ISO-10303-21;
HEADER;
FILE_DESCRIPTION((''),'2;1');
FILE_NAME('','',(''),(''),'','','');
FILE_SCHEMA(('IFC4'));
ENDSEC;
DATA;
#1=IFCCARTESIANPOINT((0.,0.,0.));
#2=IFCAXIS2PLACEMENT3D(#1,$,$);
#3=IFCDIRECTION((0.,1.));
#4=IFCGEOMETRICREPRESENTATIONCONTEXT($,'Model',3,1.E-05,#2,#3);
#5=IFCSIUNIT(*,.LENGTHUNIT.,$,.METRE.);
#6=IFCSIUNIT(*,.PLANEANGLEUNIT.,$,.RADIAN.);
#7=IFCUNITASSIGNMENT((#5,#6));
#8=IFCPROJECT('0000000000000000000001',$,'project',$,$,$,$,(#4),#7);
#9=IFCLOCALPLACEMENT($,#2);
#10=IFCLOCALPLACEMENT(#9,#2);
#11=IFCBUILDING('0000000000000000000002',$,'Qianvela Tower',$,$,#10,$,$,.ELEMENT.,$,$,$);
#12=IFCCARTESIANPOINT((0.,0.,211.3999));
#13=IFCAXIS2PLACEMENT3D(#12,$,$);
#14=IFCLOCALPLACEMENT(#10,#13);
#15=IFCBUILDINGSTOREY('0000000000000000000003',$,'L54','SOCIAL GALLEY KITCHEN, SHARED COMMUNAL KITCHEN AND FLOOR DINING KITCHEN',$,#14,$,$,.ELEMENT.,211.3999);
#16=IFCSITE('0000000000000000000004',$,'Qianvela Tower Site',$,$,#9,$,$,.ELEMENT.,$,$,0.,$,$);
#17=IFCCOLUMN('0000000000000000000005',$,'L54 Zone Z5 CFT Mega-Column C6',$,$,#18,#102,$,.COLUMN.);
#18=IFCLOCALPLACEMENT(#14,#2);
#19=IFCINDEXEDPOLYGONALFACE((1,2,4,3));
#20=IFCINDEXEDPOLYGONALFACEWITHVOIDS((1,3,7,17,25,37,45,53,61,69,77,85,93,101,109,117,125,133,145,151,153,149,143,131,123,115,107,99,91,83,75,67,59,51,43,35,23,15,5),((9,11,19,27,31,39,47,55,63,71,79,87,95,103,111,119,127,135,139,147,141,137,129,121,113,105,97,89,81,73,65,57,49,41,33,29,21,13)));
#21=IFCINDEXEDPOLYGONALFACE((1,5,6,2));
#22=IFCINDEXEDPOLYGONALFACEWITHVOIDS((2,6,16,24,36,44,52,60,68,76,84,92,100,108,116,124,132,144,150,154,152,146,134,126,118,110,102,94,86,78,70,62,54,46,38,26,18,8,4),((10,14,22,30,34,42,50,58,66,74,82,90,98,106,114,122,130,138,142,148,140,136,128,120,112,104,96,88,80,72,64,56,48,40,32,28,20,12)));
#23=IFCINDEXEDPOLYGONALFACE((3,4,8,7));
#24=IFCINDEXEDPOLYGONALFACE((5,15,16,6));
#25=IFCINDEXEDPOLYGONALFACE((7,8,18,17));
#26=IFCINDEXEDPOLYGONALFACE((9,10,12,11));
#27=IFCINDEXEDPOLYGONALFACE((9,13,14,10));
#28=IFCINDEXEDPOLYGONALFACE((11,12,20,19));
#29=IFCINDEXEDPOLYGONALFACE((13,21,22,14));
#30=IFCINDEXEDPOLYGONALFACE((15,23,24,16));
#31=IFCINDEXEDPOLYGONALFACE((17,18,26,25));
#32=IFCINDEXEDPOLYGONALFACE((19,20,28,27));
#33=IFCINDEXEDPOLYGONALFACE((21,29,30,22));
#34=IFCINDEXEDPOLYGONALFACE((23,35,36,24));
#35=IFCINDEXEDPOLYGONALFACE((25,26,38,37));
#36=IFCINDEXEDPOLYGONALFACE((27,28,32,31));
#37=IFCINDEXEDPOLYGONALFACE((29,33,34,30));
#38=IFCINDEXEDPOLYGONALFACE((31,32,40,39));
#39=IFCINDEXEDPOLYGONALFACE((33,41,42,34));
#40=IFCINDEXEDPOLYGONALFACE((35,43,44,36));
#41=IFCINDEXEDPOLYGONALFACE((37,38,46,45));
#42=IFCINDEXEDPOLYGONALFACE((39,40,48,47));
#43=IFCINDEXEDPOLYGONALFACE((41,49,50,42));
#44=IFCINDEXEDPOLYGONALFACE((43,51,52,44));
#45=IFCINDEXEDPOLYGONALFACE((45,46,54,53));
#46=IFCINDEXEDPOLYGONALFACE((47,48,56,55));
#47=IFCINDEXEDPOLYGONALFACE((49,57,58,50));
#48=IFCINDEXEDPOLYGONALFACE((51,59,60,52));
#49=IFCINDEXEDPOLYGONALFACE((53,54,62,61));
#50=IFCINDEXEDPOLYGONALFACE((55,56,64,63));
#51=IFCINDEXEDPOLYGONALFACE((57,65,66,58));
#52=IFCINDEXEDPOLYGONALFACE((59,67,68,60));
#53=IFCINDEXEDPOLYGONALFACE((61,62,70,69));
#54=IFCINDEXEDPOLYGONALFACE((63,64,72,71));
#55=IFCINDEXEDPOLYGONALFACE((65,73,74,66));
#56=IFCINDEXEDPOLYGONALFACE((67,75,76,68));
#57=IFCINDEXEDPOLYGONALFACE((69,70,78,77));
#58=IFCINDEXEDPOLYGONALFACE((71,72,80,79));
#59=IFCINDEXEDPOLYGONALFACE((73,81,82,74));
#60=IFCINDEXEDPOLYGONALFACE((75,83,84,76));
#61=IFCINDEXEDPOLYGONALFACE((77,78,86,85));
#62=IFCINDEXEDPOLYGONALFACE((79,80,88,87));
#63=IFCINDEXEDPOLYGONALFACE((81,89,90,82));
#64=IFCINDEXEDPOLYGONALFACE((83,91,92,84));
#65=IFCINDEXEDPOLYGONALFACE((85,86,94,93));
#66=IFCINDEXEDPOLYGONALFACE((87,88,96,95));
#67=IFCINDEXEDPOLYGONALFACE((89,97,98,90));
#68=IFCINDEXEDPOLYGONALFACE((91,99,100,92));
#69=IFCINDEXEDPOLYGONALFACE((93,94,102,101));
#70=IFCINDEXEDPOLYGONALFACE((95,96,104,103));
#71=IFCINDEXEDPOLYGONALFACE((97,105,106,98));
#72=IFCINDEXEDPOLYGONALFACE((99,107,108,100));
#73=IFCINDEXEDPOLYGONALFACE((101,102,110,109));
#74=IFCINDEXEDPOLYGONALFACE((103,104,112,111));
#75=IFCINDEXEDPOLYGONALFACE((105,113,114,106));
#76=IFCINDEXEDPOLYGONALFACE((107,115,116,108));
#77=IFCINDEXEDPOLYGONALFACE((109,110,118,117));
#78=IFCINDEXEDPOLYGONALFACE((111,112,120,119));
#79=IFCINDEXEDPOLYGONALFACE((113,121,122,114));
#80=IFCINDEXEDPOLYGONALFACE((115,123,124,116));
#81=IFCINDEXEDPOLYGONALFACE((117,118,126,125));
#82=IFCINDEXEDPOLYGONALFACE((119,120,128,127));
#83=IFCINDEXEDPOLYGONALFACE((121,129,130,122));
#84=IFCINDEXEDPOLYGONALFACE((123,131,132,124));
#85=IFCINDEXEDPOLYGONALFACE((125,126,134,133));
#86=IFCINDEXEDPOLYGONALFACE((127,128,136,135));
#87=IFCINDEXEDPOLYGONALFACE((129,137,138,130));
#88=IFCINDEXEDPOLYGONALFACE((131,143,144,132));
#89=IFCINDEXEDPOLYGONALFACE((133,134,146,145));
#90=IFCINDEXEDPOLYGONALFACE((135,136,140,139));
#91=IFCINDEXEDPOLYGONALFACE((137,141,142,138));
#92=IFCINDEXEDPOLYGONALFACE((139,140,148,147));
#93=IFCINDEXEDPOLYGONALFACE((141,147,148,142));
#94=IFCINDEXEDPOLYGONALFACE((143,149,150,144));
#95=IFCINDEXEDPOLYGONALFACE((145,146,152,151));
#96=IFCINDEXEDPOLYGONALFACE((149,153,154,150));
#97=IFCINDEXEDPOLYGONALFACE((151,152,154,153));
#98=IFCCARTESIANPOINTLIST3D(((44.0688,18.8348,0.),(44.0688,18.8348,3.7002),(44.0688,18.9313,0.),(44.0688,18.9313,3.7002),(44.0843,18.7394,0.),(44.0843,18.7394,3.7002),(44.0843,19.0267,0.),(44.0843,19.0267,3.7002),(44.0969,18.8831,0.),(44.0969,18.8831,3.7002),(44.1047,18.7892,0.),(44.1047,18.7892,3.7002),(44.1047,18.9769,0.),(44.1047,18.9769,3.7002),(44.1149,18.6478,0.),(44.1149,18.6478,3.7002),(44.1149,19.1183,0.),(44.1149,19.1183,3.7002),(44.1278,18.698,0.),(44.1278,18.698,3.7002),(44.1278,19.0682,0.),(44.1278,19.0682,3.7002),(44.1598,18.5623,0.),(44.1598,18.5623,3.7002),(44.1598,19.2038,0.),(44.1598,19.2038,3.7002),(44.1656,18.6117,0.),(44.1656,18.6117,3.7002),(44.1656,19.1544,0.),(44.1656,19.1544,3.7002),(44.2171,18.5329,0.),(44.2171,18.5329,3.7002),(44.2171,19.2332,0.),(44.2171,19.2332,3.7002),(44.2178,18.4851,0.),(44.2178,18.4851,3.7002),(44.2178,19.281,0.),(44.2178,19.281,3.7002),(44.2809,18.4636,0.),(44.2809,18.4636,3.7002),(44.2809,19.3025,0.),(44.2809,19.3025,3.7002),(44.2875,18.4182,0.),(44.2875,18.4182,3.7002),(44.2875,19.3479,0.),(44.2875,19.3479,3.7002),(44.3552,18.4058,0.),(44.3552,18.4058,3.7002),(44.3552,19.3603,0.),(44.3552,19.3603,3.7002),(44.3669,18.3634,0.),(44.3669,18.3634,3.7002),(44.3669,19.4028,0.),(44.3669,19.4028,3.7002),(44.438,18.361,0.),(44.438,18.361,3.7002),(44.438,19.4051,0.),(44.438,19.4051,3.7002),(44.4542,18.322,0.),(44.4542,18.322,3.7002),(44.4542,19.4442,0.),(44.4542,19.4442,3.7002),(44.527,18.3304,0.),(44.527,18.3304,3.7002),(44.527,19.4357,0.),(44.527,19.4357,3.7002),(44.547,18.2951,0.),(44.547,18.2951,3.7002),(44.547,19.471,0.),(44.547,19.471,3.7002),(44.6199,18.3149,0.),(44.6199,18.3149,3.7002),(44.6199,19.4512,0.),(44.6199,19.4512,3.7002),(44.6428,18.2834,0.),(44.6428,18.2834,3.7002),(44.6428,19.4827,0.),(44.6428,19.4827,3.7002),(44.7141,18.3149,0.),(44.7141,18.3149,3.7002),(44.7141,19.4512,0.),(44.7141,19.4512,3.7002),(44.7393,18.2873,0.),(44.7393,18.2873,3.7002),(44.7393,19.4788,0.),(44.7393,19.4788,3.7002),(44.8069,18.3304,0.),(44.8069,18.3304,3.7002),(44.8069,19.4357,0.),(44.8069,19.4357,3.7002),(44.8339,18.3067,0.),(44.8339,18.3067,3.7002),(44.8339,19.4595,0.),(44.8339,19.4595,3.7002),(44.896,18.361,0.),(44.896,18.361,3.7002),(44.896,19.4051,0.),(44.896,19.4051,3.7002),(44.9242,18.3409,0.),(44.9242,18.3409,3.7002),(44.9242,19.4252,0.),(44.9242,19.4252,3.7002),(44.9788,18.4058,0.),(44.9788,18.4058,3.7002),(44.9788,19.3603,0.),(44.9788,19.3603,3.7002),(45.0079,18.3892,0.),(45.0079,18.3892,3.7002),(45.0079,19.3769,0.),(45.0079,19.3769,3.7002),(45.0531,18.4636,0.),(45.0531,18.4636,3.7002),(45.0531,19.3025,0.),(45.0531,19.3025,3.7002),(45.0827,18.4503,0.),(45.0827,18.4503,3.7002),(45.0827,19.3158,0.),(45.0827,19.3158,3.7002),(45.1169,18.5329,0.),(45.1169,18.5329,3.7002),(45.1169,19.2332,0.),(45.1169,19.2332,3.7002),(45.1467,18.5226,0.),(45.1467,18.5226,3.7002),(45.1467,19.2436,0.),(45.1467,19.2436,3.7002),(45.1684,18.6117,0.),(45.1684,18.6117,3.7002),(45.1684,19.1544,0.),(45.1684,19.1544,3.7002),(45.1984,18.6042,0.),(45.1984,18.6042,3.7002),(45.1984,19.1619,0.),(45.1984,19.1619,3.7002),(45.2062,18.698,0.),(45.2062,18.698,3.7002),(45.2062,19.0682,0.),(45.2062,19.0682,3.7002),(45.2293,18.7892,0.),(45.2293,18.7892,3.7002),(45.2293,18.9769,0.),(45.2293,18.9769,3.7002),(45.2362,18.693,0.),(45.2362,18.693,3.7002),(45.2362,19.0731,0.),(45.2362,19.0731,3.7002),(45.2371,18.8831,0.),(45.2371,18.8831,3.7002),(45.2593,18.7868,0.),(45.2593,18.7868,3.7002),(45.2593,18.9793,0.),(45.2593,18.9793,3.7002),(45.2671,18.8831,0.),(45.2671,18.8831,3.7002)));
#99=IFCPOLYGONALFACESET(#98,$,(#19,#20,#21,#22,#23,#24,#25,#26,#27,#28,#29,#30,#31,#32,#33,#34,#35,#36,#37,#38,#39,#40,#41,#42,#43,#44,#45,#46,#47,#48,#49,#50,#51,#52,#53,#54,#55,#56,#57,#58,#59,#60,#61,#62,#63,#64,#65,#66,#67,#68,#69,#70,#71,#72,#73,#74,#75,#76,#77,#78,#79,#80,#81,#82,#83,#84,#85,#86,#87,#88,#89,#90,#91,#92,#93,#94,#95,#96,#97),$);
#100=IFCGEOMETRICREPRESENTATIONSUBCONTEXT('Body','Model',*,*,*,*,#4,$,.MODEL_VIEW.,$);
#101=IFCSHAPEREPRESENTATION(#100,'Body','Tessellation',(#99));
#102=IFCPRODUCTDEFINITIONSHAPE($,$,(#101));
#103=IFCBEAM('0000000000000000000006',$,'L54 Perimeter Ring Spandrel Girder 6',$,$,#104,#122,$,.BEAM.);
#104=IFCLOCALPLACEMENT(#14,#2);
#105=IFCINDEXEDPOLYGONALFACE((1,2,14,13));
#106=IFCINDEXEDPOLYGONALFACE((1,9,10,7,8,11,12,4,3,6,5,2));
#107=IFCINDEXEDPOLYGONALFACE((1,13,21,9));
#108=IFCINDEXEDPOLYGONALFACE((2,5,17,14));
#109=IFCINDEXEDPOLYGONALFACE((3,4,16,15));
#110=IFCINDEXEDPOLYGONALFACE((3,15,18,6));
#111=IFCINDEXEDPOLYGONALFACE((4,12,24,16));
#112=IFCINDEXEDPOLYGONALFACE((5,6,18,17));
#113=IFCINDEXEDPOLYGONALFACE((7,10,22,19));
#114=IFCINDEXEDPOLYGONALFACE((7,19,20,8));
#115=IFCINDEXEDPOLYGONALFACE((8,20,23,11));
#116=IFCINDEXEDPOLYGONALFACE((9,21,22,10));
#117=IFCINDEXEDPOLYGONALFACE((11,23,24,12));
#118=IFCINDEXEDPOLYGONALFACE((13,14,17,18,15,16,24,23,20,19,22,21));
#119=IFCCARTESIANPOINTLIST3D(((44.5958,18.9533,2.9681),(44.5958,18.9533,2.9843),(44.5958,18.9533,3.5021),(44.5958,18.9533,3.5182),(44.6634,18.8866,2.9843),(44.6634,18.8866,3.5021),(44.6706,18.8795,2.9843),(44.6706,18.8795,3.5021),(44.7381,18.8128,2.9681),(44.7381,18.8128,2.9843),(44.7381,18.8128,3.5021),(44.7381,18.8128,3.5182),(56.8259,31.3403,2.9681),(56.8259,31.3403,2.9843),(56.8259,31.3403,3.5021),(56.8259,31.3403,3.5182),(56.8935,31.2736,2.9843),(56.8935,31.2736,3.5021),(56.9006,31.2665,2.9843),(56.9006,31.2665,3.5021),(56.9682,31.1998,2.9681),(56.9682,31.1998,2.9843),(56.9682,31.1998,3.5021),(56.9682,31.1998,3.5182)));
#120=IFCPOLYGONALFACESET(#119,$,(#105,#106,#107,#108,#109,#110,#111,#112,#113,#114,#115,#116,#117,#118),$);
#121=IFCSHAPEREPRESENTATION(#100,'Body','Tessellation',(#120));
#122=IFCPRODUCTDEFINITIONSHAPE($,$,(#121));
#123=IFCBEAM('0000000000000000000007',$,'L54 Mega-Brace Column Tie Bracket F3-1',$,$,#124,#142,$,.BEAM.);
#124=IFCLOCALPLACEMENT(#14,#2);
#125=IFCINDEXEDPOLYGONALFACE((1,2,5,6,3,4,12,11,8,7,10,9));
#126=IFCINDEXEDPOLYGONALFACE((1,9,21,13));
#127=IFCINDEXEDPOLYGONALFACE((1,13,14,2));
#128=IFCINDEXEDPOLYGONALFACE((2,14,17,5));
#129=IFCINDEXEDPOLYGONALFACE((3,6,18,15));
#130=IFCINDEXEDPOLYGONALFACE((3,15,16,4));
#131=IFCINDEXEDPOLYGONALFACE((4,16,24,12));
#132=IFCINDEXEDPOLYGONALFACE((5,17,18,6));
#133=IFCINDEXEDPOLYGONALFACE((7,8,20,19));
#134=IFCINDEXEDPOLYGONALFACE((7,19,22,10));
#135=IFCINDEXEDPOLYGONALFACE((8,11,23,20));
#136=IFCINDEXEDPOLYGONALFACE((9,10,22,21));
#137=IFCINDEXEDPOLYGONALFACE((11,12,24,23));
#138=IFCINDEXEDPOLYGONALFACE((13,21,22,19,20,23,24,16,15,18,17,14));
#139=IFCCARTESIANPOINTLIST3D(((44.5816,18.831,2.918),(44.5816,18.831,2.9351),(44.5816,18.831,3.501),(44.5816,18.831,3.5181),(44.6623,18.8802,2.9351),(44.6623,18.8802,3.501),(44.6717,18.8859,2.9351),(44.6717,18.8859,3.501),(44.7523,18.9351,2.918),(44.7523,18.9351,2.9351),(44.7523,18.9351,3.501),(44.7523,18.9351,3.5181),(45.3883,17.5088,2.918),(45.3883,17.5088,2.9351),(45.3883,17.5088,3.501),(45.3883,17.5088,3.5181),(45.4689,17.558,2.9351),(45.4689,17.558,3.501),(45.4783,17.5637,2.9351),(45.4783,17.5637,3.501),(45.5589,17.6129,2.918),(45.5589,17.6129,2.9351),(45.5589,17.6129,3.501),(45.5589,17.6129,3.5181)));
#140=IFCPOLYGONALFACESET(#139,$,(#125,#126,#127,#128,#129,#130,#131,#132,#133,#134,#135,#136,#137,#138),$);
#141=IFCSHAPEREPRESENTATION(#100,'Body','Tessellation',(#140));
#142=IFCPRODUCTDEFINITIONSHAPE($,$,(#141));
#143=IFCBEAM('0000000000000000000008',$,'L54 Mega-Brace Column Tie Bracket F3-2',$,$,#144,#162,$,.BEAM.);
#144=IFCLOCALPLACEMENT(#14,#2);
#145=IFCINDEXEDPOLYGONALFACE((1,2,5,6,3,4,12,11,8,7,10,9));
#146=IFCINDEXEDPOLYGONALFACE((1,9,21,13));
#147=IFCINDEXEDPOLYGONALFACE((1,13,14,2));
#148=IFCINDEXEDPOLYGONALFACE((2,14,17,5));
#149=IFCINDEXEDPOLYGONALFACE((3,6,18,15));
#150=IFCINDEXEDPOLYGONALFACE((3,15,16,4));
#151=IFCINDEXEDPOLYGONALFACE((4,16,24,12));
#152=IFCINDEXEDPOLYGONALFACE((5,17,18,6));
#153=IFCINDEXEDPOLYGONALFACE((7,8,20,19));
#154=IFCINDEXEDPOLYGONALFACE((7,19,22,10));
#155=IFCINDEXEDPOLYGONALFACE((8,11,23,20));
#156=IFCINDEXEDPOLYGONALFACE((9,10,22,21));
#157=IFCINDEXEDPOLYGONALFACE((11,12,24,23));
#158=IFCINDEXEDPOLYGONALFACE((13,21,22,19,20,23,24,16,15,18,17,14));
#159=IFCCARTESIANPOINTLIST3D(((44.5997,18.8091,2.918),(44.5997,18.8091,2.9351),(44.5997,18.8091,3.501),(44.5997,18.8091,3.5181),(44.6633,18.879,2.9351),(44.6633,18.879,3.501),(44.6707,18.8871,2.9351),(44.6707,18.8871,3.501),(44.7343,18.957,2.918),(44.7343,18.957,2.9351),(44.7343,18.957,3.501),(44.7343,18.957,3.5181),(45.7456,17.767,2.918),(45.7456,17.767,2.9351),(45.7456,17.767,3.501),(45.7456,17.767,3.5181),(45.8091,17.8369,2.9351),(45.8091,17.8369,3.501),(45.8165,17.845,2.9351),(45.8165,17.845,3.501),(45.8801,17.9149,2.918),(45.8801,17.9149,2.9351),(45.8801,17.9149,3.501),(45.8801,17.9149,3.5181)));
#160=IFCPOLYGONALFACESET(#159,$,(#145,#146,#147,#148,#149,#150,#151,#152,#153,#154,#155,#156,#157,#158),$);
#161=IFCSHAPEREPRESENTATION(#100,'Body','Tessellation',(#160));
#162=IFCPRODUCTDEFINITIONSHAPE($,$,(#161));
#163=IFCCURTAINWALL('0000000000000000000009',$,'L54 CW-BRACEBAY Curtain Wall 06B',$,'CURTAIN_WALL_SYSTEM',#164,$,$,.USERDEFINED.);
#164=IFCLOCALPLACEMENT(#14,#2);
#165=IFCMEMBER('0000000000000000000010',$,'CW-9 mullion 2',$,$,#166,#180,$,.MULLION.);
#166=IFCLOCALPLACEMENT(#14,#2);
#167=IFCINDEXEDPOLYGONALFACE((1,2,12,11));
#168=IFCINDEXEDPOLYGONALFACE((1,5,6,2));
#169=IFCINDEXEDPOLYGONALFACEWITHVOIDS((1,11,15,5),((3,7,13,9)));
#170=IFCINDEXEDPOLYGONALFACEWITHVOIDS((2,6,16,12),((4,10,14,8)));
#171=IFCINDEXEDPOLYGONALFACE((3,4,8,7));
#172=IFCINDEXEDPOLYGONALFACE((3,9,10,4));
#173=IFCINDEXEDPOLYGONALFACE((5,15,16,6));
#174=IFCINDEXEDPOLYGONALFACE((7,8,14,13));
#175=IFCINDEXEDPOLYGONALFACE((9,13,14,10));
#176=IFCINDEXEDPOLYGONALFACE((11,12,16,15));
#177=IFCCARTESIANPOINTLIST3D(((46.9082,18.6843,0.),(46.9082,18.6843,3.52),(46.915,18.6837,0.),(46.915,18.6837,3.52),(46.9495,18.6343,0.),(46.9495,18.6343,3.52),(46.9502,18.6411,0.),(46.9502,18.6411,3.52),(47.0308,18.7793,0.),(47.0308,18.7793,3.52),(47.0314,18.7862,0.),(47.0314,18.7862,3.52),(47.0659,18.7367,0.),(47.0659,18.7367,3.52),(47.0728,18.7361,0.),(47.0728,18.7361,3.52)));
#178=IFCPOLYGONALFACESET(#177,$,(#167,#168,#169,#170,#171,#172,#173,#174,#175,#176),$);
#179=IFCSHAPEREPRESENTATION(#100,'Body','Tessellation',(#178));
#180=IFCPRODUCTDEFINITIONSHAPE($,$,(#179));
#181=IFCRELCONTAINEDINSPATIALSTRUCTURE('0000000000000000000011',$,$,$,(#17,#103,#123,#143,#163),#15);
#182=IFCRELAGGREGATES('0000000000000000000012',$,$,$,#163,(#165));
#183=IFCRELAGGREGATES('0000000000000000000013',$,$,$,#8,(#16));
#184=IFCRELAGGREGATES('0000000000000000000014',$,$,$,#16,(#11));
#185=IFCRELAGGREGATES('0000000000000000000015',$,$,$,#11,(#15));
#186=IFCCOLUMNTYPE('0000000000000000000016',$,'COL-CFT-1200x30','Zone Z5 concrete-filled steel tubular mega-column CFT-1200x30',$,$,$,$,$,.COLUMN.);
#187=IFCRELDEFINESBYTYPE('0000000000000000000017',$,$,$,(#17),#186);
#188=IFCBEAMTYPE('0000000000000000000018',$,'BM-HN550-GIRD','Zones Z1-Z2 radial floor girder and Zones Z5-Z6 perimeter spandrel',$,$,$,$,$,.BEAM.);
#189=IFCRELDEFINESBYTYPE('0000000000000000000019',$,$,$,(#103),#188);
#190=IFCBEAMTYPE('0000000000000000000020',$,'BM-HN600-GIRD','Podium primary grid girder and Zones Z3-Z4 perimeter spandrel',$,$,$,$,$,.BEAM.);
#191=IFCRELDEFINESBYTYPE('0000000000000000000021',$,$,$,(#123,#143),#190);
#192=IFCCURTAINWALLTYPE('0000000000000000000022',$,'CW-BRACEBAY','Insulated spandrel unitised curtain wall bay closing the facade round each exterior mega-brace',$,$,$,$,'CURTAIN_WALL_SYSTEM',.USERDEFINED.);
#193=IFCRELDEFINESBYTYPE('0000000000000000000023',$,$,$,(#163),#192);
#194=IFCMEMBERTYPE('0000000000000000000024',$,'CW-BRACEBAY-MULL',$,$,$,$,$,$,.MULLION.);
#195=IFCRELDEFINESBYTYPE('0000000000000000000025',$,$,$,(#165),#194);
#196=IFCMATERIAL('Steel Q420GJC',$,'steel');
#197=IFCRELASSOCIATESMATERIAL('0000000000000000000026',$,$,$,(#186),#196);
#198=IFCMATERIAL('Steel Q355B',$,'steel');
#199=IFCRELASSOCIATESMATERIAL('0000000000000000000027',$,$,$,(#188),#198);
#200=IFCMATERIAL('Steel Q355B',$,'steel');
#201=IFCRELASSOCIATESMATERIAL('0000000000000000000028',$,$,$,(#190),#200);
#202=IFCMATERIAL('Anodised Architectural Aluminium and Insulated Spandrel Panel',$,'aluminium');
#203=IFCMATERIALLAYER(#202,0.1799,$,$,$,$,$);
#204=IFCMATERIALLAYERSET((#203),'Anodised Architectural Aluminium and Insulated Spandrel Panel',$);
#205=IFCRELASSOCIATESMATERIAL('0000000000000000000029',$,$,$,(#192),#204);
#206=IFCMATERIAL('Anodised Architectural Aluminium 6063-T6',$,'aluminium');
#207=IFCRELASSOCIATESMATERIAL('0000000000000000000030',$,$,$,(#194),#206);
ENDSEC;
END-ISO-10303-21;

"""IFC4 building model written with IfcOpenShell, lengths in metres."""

from ifc_helpers import new_model, si_unit, direction, frame, origin, origin_2d, place, context, subcontext, project, spatial, hollow_rectangle, hollow_circle, i_section, extrude, material, layer, layer_set, material_profile, profile_set, type_object, element, aggregate, save


model = new_model("IFC4")

# Units and contexts
model_context = context("Model", 3, precision=1e-05, world=origin(), true_north=direction((0.0, 1.0)))
body_context = subcontext(model_context, "Body", "Model", "MODEL_VIEW")
ifc_project = project(units=[si_unit("LENGTHUNIT", "METRE"), si_unit("PLANEANGLEUNIT", "RADIAN")], contexts=[model_context])

# Site, building, storey
site_placement = place(None, origin())
site = spatial("IfcSite", under=ifc_project, at=site_placement, Name="Qianvela Tower Site", CompositionType="ELEMENT", RefElevation=0.0)
building_placement = place(site_placement, origin())
building = spatial("IfcBuilding", under=site, at=building_placement, Name="Qianvela Tower", CompositionType="ELEMENT")
storey_placement = place(building_placement, frame((0.0, 0.0, 211.3999)))
storey = spatial("IfcBuildingStorey", under=building, at=storey_placement, Name="L54", Description="SOCIAL GALLEY KITCHEN, SHARED COMMUNAL KITCHEN AND FLOOR DINING KITCHEN", CompositionType="ELEMENT", Elevation=211.3999)

# Column
ifc_material_1 = material(Name="Steel Q420GJC", Category="steel")
ifc_material_profile_1 = material_profile(ifc_material_1, hollow_circle(Radius=0.6001, WallThickness=0.03, at=origin_2d()), Name="CFT-1200x30")
ifc_profile_set_1 = profile_set([ifc_material_profile_1], Name="Steel Q420GJC")
column_type = type_object("IfcColumnType", Name="COL-CFT-1200x30", Description="Zone Z5 concrete-filled steel tubular mega-column CFT-1200x30", PredefinedType="COLUMN", material=ifc_profile_set_1)
column_placement = place(storey_placement, frame((44.667, 18.8831, 0.0), z_axis=(0.0, 0.0, 1.0), x_axis=(1.0, 0.0, 0.0)))
element("IfcColumn", 1, at=column_placement, inside=storey, type_object=column_type, Name="L54 Zone Z5 CFT Mega-Column C6", PredefinedType="COLUMN", context=body_context, shape_type="SweptSolid", body=[
    extrude(hollow_circle(Radius=0.6001, WallThickness=0.03, at=origin_2d()), origin(), (0.0, 0.0, 1.0), 3.7002),
])

# Beams
ifc_material_2 = material(Name="Steel Q355B", Category="steel")
ifc_material_profile_2 = material_profile(ifc_material_2, i_section(OverallWidth=0.2, OverallDepth=0.55, WebThickness=0.01, FlangeThickness=0.0161, at=origin_2d()), Name="HN550x200x10x16")
ifc_profile_set_2 = profile_set([ifc_material_profile_2], Name="Steel Q355B")
beam_type_1 = type_object("IfcBeamType", Name="BM-HN550-GIRD", Description="Zones Z1-Z2 radial floor girder and Zones Z5-Z6 perimeter spandrel", PredefinedType="BEAM", material=ifc_profile_set_2)
beam_placement = place(storey_placement, frame((44.667, 18.8831, 3.2432), z_axis=(0.702583, 0.711602, 0.0), x_axis=(-0.711602, 0.702583, 0.0)))
element("IfcBeam", 2, at=beam_placement, inside=storey, type_object=beam_type_1, Name="L54 Perimeter Ring Spandrel Girder 6", PredefinedType="BEAM", context=body_context, shape_type="SweptSolid", body=[
    extrude(i_section(OverallWidth=0.2, OverallDepth=0.55, WebThickness=0.01, FlangeThickness=0.0161, at=origin_2d()), origin(), (0.0, 0.0, 1.0), 17.4072),
])
ifc_material_3 = material(Name="Steel Q355B", Category="steel")
ifc_material_profile_3 = material_profile(ifc_material_3, i_section(OverallWidth=0.2, OverallDepth=0.6001, WebThickness=0.011, FlangeThickness=0.0171, at=origin_2d()), Name="HN600x200x11x17")
ifc_profile_set_3 = profile_set([ifc_material_profile_3], Name="Steel Q355B")
beam_type_2 = type_object("IfcBeamType", Name="BM-HN600-GIRD", Description="Podium primary grid girder and Zones Z3-Z4 perimeter spandrel", PredefinedType="BEAM", material=ifc_profile_set_3)
for number, where, z_axis, x_axis, name in (
    (3, (44.667, 18.8831, 3.218), (0.520787, -0.853687, 0.0), (0.853687, 0.520787, 0.0), "L54 Mega-Brace Column Tie Bracket F3-1"),
    (4, (44.667, 18.8831, 3.218), (0.739812, -0.672814, 0.0), (0.672814, 0.739812, 0.0), "L54 Mega-Brace Column Tie Bracket F3-2"),
):
    element("IfcBeam", number, at=place(storey_placement, frame(where, z_axis=z_axis, x_axis=x_axis)), inside=storey, type_object=beam_type_2, Name=name, PredefinedType="BEAM", context=body_context, shape_type="SweptSolid", body=[
        extrude(i_section(OverallWidth=0.2, OverallDepth=0.6001, WebThickness=0.011, FlangeThickness=0.0171, at=origin_2d()), origin(), (0.0, 0.0, 1.0), 1.5488),
    ])

# Curtain wall, member
ifc_material_4 = material(Name="Anodised Architectural Aluminium and Insulated Spandrel Panel", Category="aluminium")
ifc_layer_1 = layer(ifc_material_4, 0.1799)
ifc_layer_set_1 = layer_set([ifc_layer_1], Name="Anodised Architectural Aluminium and Insulated Spandrel Panel")
curtain_wall_type_1 = type_object("IfcCurtainWallType", Name="CW-BRACEBAY", Description="Insulated spandrel unitised curtain wall bay closing the facade round each exterior mega-brace", ElementType="CURTAIN_WALL_SYSTEM", PredefinedType="USERDEFINED", material=ifc_layer_set_1)
curtain_wall_1_placement = place(storey_placement, origin())
curtain_wall_1 = element("IfcCurtainWall", 5, at=curtain_wall_1_placement, inside=storey, type_object=curtain_wall_type_1, Name="L54 CW-BRACEBAY Curtain Wall 06B", ObjectType="CURTAIN_WALL_SYSTEM", PredefinedType="USERDEFINED")
ifc_material_5 = material(Name="Anodised Architectural Aluminium 6063-T6", Category="aluminium")
ifc_material_profile_4 = material_profile(ifc_material_5, hollow_rectangle(XDim=0.0649, YDim=0.1599, WallThickness=0.0049, at=origin_2d()), Name="ALU-MULL-65x160")
ifc_profile_set_4 = profile_set([ifc_material_profile_4], Name="Anodised Architectural Aluminium 6063-T6")
member_type_1 = type_object("IfcMemberType", Name="CW-BRACEBAY-MULL", PredefinedType="MULLION", material=ifc_profile_set_4)
member_1_placement = place(storey_placement, frame((46.9905, 18.7102, 0.0), z_axis=(0.0, 0.0, 1.0), x_axis=(-0.636803, 0.771026, 0.0)))
member_1 = element("IfcMember", 6, at=member_1_placement, type_object=member_type_1, Name="CW-9 mullion 2", PredefinedType="MULLION", context=body_context, shape_type="SweptSolid", body=[
    extrude(hollow_rectangle(XDim=0.0649, YDim=0.1599, WallThickness=0.0049, at=origin_2d()), origin(), (0.0, 0.0, 1.0), 3.52),
])

aggregate(curtain_wall_1, [member_1])

save(model, "model.ifc")
